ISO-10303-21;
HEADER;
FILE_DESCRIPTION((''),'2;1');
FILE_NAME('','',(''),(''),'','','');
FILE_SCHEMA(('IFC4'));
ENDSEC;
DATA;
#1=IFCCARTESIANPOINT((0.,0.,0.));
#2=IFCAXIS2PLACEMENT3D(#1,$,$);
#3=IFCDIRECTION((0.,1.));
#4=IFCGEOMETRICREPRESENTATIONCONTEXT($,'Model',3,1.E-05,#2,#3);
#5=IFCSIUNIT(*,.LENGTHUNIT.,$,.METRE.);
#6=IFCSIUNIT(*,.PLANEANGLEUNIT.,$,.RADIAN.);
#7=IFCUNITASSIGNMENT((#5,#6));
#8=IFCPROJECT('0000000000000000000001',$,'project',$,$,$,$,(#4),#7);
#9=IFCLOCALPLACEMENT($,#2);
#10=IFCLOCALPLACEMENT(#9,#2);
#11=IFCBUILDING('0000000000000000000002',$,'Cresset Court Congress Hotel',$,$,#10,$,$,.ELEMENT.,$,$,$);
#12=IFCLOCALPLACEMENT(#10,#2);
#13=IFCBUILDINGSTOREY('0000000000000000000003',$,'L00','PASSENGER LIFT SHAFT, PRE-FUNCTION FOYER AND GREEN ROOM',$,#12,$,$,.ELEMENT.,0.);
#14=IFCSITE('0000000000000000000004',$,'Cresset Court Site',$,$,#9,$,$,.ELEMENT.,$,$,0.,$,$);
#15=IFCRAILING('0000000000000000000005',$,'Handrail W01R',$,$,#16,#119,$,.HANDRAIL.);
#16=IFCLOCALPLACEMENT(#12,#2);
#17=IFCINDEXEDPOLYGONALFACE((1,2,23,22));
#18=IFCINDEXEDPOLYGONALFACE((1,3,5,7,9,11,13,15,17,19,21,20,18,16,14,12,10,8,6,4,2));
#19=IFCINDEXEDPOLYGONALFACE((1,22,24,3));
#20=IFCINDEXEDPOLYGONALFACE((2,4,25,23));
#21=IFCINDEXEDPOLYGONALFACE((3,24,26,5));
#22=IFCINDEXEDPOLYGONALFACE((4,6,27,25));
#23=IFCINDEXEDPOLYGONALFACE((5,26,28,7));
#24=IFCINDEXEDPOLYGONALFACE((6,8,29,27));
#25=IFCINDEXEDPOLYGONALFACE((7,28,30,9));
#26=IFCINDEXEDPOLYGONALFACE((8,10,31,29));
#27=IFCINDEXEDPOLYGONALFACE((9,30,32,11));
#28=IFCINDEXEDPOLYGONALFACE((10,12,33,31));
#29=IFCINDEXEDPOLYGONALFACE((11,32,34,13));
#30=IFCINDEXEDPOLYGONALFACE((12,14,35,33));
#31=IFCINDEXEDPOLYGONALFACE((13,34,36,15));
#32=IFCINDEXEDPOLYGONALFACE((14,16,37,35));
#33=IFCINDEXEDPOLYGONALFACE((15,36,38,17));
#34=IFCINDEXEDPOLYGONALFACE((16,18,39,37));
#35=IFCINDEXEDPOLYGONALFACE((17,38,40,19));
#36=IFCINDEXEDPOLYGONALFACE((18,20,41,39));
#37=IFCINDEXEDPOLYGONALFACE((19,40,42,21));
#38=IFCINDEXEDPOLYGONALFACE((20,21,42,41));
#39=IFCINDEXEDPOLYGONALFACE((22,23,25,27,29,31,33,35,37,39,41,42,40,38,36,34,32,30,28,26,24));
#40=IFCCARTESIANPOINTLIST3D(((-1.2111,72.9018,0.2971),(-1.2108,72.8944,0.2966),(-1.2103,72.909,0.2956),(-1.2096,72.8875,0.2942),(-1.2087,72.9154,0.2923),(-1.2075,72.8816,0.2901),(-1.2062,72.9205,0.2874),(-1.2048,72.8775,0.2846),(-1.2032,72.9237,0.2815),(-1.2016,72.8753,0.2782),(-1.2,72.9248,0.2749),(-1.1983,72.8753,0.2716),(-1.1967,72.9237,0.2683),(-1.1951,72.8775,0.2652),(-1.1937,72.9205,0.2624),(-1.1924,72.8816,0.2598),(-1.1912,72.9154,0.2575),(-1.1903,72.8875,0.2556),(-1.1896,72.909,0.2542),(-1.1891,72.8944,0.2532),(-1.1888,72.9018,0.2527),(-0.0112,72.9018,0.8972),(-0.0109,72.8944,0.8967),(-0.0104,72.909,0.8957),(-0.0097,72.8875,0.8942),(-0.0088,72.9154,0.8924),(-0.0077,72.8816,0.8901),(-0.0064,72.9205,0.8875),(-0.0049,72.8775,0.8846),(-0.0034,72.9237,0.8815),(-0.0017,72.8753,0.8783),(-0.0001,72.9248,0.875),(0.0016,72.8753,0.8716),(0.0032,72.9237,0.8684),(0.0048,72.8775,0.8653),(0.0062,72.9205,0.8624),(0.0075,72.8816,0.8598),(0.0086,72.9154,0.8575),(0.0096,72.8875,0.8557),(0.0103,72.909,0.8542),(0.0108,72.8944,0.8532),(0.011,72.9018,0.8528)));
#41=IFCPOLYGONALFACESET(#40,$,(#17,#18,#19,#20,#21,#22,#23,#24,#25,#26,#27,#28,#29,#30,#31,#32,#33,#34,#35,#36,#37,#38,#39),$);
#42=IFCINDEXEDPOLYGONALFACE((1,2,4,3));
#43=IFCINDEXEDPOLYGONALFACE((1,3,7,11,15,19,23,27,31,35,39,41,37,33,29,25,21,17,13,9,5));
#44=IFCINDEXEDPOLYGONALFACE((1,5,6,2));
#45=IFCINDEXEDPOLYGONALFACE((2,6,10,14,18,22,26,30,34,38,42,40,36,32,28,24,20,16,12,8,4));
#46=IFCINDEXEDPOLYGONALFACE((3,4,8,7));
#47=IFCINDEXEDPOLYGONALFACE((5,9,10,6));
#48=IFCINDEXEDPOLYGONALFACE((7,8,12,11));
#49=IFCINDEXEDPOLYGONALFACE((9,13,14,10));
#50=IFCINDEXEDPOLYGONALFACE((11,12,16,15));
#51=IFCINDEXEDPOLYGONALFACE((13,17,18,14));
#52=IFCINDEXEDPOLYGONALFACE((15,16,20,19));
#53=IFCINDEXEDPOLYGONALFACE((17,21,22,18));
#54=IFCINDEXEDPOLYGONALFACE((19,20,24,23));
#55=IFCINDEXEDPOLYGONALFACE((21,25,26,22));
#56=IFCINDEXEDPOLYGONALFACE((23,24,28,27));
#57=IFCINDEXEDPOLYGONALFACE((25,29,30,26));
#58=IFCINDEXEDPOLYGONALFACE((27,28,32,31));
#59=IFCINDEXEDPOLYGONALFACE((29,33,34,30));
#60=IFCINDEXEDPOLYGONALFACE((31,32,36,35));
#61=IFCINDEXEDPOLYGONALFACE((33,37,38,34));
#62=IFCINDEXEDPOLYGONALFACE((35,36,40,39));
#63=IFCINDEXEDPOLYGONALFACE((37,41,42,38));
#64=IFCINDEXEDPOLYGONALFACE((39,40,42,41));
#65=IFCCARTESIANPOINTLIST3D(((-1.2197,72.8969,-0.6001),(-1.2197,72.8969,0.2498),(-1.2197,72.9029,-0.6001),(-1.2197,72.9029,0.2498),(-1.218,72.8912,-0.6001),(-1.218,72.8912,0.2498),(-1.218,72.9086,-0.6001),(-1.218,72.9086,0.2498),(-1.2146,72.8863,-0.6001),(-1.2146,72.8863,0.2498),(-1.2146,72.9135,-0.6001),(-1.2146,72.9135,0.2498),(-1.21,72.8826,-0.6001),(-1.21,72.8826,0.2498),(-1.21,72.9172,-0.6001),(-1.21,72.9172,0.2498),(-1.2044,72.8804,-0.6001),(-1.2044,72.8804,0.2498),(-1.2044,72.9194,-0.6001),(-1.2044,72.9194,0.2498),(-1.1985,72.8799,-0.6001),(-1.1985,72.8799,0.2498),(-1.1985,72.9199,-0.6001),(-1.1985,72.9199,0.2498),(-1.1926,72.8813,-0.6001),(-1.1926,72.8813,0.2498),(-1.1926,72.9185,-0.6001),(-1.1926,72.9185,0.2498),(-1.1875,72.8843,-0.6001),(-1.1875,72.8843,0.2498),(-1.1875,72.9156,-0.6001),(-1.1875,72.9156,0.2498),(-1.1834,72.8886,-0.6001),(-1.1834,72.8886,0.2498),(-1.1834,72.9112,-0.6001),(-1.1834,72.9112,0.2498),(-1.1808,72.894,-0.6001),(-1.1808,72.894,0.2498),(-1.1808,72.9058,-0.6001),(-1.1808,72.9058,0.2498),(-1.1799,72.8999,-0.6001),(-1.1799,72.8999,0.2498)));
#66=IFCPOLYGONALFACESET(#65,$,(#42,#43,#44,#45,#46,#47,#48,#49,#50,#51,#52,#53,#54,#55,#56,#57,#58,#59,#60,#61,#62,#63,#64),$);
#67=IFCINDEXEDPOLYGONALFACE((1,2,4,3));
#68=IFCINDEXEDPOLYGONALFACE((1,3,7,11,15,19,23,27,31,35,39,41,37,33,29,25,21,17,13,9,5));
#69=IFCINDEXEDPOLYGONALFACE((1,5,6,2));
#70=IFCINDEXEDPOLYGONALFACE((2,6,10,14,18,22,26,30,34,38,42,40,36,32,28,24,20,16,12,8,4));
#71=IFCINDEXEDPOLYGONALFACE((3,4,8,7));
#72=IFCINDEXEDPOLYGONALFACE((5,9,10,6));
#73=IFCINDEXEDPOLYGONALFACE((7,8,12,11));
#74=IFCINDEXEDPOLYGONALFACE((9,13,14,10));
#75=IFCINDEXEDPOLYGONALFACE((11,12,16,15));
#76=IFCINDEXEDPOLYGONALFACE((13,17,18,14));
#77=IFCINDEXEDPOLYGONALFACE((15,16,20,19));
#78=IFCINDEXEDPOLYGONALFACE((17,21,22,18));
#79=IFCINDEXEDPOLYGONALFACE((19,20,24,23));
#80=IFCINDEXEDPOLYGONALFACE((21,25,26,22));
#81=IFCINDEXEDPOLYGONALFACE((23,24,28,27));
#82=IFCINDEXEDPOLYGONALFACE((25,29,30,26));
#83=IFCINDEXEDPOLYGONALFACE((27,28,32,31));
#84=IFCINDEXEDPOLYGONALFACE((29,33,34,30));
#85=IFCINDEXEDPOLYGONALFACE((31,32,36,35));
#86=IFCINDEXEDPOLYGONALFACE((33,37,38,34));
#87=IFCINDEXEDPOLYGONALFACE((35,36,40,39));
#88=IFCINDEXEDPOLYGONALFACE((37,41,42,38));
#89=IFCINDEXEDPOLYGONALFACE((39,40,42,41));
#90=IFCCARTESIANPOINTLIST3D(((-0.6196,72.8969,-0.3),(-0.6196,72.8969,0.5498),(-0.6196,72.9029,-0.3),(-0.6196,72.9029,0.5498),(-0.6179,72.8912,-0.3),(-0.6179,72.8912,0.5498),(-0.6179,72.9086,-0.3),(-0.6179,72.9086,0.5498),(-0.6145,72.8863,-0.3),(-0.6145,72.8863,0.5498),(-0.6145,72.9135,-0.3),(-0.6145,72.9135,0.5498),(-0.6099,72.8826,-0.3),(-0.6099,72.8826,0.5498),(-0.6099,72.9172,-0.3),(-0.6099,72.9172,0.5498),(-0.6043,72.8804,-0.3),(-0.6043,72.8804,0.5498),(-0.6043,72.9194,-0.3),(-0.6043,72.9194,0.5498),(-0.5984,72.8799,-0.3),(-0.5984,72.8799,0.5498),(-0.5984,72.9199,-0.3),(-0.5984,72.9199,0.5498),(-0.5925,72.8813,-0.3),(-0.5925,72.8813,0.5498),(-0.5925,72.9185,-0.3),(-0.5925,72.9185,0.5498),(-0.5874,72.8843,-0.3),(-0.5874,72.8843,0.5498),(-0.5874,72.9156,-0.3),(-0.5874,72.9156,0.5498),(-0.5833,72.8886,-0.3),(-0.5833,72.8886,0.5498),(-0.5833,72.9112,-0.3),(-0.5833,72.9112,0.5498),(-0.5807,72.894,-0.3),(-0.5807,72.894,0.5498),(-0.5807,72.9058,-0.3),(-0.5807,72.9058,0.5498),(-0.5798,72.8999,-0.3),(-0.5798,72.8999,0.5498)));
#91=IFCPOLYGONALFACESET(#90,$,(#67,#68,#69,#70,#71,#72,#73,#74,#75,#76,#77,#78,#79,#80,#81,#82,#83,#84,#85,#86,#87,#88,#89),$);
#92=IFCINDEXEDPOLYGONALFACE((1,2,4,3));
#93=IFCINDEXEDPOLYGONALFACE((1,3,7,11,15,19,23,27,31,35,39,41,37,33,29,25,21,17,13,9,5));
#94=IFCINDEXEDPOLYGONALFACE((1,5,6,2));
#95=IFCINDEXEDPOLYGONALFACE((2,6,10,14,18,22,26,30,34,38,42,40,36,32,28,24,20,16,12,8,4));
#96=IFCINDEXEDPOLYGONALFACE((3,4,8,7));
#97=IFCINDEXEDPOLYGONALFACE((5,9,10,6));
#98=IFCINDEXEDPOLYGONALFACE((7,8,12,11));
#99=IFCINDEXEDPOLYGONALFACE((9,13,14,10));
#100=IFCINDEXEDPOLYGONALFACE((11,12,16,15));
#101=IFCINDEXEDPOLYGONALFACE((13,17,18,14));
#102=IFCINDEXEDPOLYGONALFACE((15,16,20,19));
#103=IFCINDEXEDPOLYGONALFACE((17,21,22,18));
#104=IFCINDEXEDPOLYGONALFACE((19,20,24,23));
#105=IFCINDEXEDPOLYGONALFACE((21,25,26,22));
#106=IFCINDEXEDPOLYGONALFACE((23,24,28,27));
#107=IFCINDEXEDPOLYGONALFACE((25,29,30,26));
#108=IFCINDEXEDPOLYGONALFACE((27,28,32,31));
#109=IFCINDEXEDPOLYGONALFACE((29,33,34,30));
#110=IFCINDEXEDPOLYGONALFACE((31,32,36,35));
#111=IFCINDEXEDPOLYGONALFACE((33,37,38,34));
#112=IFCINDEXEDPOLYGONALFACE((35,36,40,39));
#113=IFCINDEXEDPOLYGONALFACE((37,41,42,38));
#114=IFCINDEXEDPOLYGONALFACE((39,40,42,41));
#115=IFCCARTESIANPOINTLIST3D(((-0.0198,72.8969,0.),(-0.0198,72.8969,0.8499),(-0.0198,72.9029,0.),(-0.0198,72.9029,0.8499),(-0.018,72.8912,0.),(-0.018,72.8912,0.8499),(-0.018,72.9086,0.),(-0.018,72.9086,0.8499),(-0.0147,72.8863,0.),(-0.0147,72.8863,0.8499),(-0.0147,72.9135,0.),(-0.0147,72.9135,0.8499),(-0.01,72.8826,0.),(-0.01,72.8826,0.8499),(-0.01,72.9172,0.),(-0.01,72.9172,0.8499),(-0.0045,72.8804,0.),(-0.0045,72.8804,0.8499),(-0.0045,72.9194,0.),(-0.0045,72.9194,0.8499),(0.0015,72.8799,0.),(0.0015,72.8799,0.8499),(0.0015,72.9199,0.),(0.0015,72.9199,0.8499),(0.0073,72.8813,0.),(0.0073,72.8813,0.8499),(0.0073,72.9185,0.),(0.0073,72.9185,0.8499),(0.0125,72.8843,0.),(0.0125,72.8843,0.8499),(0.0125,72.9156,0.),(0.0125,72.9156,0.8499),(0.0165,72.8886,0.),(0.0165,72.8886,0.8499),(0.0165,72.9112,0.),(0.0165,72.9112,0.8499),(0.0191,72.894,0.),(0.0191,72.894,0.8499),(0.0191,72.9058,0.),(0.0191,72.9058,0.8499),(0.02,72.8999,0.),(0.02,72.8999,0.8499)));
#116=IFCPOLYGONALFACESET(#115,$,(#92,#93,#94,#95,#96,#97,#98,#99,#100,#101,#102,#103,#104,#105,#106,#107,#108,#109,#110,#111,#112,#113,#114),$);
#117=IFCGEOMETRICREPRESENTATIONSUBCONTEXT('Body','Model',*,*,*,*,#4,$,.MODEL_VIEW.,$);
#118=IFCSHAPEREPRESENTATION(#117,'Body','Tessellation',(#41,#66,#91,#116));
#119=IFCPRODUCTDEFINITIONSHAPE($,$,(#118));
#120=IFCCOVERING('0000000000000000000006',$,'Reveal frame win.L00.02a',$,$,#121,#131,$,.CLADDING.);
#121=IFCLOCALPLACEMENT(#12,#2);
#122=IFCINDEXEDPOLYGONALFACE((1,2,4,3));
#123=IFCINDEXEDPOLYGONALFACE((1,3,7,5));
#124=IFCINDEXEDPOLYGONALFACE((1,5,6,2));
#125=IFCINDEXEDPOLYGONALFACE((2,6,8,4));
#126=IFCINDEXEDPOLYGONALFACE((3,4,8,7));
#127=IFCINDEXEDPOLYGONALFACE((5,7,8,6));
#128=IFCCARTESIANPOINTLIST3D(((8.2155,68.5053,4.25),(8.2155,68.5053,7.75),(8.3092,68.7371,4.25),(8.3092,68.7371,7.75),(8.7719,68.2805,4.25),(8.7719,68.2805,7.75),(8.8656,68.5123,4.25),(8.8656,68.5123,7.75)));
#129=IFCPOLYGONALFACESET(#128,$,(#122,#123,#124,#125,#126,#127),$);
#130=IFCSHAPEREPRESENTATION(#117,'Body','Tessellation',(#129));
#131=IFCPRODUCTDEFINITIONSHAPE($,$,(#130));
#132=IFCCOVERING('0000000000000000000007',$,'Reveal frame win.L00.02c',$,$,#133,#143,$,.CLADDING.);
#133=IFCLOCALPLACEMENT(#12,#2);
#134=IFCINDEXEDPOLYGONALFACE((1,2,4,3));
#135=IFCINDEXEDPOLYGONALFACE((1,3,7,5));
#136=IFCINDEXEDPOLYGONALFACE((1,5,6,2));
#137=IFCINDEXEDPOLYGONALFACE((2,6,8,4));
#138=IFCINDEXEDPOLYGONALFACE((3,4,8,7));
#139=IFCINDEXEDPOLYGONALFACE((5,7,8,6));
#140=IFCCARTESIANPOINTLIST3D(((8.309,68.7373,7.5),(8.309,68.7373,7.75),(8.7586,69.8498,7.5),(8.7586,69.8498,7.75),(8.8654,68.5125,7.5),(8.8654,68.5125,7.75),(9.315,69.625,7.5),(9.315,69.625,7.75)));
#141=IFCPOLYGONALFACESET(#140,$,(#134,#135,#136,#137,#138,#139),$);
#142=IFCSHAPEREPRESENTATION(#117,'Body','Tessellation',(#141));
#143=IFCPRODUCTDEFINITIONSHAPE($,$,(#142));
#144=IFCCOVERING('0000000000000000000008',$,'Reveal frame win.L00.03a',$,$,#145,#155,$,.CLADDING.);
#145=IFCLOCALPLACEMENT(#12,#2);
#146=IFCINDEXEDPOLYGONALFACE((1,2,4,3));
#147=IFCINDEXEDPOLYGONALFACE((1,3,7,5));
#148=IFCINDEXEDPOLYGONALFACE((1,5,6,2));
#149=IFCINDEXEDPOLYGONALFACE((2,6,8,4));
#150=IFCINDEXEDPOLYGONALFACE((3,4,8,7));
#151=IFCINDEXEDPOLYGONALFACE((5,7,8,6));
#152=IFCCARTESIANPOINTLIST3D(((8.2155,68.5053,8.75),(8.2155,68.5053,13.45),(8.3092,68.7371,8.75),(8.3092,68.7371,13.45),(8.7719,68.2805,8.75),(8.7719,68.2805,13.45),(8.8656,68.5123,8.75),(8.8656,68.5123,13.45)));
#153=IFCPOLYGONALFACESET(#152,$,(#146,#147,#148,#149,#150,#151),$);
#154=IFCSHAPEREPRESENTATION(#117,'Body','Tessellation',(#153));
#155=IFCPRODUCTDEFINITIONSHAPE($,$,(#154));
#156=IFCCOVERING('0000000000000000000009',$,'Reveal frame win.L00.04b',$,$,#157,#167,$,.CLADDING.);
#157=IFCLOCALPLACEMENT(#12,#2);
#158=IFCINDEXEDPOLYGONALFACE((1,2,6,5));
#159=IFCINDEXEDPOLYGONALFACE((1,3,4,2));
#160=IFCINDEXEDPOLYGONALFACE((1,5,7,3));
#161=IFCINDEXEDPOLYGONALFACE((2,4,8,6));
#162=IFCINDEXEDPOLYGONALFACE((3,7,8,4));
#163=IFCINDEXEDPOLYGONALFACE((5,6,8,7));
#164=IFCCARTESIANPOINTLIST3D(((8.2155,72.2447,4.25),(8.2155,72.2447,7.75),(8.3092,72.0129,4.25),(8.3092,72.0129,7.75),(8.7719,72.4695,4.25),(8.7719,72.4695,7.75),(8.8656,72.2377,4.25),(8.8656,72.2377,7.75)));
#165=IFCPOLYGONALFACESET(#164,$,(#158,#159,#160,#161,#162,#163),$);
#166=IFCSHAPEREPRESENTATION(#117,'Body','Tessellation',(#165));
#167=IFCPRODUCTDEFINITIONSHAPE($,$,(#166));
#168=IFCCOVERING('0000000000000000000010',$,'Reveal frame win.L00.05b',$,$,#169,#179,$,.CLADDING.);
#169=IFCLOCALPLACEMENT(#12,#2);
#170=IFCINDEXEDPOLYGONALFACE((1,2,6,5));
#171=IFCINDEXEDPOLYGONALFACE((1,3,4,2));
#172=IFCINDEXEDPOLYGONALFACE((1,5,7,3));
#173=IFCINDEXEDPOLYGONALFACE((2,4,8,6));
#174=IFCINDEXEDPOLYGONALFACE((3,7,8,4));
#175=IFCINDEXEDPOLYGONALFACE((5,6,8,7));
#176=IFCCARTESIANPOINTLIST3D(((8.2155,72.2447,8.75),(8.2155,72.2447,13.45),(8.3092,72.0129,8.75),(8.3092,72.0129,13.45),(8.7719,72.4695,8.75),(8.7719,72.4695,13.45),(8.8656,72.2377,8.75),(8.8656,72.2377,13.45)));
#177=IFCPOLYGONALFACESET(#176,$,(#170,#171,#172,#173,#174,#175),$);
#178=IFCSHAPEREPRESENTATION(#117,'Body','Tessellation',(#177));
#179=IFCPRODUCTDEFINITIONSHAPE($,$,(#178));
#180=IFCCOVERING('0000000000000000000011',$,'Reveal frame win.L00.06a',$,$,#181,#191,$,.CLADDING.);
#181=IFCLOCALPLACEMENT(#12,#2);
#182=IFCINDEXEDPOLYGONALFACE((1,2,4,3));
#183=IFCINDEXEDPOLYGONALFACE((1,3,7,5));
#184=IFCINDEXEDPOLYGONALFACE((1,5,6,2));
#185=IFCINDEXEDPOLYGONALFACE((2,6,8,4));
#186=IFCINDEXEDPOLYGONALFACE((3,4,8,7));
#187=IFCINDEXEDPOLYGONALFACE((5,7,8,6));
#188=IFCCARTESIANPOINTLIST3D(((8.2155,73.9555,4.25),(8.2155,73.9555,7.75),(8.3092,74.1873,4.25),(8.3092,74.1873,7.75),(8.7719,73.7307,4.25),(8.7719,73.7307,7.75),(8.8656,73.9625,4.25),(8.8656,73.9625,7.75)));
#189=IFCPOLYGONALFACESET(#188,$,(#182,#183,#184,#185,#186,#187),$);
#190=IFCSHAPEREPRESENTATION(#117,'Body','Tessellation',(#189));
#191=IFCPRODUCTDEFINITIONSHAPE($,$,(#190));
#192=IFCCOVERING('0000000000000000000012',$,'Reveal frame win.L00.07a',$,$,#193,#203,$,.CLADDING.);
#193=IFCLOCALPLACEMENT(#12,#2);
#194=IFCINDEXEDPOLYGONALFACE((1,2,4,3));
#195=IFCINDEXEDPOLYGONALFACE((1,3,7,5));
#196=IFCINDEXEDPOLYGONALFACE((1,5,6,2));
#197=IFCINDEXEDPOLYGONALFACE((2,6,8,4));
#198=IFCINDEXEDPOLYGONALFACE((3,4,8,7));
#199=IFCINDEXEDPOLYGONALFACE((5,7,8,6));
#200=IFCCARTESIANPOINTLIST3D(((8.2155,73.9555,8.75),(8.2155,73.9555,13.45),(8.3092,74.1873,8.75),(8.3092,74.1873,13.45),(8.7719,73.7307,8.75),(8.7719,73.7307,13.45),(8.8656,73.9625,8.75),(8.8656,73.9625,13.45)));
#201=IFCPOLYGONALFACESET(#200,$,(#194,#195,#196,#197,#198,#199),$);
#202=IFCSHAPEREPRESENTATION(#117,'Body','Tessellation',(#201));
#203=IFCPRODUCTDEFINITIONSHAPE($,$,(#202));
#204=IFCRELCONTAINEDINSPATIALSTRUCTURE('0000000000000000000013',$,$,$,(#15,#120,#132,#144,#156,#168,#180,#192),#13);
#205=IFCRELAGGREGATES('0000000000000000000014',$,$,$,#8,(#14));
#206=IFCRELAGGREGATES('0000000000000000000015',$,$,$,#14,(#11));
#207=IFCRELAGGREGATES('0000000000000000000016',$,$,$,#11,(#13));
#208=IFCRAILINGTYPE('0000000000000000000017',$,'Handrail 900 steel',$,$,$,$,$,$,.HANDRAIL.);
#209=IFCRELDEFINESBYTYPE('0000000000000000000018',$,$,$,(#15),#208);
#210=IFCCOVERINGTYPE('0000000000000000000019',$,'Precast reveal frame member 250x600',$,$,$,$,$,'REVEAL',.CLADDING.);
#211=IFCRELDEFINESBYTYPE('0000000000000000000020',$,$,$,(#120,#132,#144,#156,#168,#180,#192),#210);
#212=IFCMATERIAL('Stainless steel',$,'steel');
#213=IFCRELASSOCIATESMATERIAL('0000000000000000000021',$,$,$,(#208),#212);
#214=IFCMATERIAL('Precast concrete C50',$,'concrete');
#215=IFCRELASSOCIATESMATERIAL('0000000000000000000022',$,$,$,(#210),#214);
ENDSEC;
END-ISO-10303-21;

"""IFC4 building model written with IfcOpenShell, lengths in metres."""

from ifc_helpers import new_model, si_unit, direction, frame, origin, origin_2d, place, context, subcontext, project, spatial, rectangle, circle, extrude, material, type_object, element, save


model = new_model("IFC4")

# Units and contexts
model_context = context("Model", 3, precision=1e-05, world=origin(), true_north=direction((0.0, 1.0)))
body_context = subcontext(model_context, "Body", "Model", "MODEL_VIEW")
ifc_project = project(units=[si_unit("LENGTHUNIT", "METRE"), si_unit("PLANEANGLEUNIT", "RADIAN")], contexts=[model_context])

# Site, building, storey
site_placement = place(None, origin())
site = spatial("IfcSite", under=ifc_project, at=site_placement, Name="Cresset Court Site", CompositionType="ELEMENT", RefElevation=0.0)
building_placement = place(site_placement, origin())
building = spatial("IfcBuilding", under=site, at=building_placement, Name="Cresset Court Congress Hotel", CompositionType="ELEMENT")
storey_placement = place(building_placement, origin())
storey = spatial("IfcBuildingStorey", under=building, at=storey_placement, Name="L00", Description="PASSENGER LIFT SHAFT, PRE-FUNCTION FOYER AND GREEN ROOM", CompositionType="ELEMENT", Elevation=0.0)

# Railing
ifc_material_1 = material(Name="Stainless steel", Category="steel")
railing_type = type_object("IfcRailingType", Name="Handrail 900 steel", PredefinedType="HANDRAIL", material=ifc_material_1)
railing_placement = place(storey_placement, frame((-1.2, 72.8999, -0.6001)))
element("IfcRailing", 1, at=railing_placement, inside=storey, type_object=railing_type, Name="Handrail W01R", PredefinedType="HANDRAIL", context=body_context, shape_type="SweptSolid", body=[
    extrude(circle(Radius=0.0249, at=origin_2d()), frame((0.0, 0.0, 0.875), z_axis=(0.894391, 0.0, 0.447286), x_axis=(0.0, 1.0, 0.0)), (0.0, 0.0, 1.0), 1.3416),
    extrude(circle(Radius=0.02, at=origin_2d()), origin(), (0.0, 0.0, 1.0), 0.8499),
    extrude(circle(Radius=0.02, at=origin_2d()), frame((0.6001, 0.0, 0.3)), (0.0, 0.0, 1.0), 0.8499),
    extrude(circle(Radius=0.02, at=origin_2d()), frame((1.2, 0.0, 0.6001)), (0.0, 0.0, 1.0), 0.8499),
])

# Coverings
ifc_material_2 = material(Name="Precast concrete C50", Category="concrete")
covering_type_1 = type_object("IfcCoveringType", Name="Precast reveal frame member 250x600", ElementType="REVEAL", PredefinedType="CLADDING", material=ifc_material_2)
covering_1_placement = place(storey_placement, frame((8.5405, 68.5088, 4.25), z_axis=(0.0, 0.0, 1.0), x_axis=(0.374623, 0.927177, 0.0)))
element("IfcCovering", 2, at=covering_1_placement, inside=storey, type_object=covering_type_1, Name="Reveal frame win.L00.02a", PredefinedType="CLADDING", context=body_context, shape_type="SweptSolid", body=[
    extrude(rectangle(XDim=0.25, YDim=0.6001, at=origin_2d()), origin(), (0.0, 0.0, 1.0), 3.5),
])
covering_2_placement = place(storey_placement, frame((8.812, 69.1812, 7.5), z_axis=(0.0, 0.0, 1.0), x_axis=(0.374623, 0.927177, 0.0)))
element("IfcCovering", 3, at=covering_2_placement, inside=storey, type_object=covering_type_1, Name="Reveal frame win.L00.02c", PredefinedType="CLADDING", context=body_context, shape_type="SweptSolid", body=[
    extrude(rectangle(XDim=1.2, YDim=0.6001, at=origin_2d()), origin(), (0.0, 0.0, 1.0), 0.25),
])
covering_3_placement = place(storey_placement, frame((8.5405, 68.5088, 8.75), z_axis=(0.0, 0.0, 1.0), x_axis=(0.374623, 0.927177, 0.0)))
element("IfcCovering", 4, at=covering_3_placement, inside=storey, type_object=covering_type_1, Name="Reveal frame win.L00.03a", PredefinedType="CLADDING", context=body_context, shape_type="SweptSolid", body=[
    extrude(rectangle(XDim=0.25, YDim=0.6001, at=origin_2d()), origin(), (0.0, 0.0, 1.0), 4.7),
])
covering_4_placement = place(storey_placement, frame((8.5405, 72.2412, 4.25), z_axis=(0.0, 0.0, 1.0), x_axis=(-0.374623, 0.927177, 0.0)))
element("IfcCovering", 5, at=covering_4_placement, inside=storey, type_object=covering_type_1, Name="Reveal frame win.L00.04b", PredefinedType="CLADDING", context=body_context, shape_type="SweptSolid", body=[
    extrude(rectangle(XDim=0.25, YDim=0.6001, at=origin_2d()), origin(), (0.0, 0.0, 1.0), 3.5),
])
covering_5_placement = place(storey_placement, frame((8.5405, 72.2412, 8.75), z_axis=(0.0, 0.0, 1.0), x_axis=(-0.374623, 0.927177, 0.0)))
element("IfcCovering", 6, at=covering_5_placement, inside=storey, type_object=covering_type_1, Name="Reveal frame win.L00.05b", PredefinedType="CLADDING", context=body_context, shape_type="SweptSolid", body=[
    extrude(rectangle(XDim=0.25, YDim=0.6001, at=origin_2d()), origin(), (0.0, 0.0, 1.0), 4.7),
])
covering_6_placement = place(storey_placement, frame((8.5405, 73.959, 4.25), z_axis=(0.0, 0.0, 1.0), x_axis=(0.374623, 0.927177, 0.0)))
element("IfcCovering", 7, at=covering_6_placement, inside=storey, type_object=covering_type_1, Name="Reveal frame win.L00.06a", PredefinedType="CLADDING", context=body_context, shape_type="SweptSolid", body=[
    extrude(rectangle(XDim=0.25, YDim=0.6001, at=origin_2d()), origin(), (0.0, 0.0, 1.0), 3.5),
])
covering_7_placement = place(storey_placement, frame((8.5405, 73.959, 8.75), z_axis=(0.0, 0.0, 1.0), x_axis=(0.374623, 0.927177, 0.0)))
element("IfcCovering", 8, at=covering_7_placement, inside=storey, type_object=covering_type_1, Name="Reveal frame win.L00.07a", PredefinedType="CLADDING", context=body_context, shape_type="SweptSolid", body=[
    extrude(rectangle(XDim=0.25, YDim=0.6001, at=origin_2d()), origin(), (0.0, 0.0, 1.0), 4.7),
])

save(model, "model.ifc")
